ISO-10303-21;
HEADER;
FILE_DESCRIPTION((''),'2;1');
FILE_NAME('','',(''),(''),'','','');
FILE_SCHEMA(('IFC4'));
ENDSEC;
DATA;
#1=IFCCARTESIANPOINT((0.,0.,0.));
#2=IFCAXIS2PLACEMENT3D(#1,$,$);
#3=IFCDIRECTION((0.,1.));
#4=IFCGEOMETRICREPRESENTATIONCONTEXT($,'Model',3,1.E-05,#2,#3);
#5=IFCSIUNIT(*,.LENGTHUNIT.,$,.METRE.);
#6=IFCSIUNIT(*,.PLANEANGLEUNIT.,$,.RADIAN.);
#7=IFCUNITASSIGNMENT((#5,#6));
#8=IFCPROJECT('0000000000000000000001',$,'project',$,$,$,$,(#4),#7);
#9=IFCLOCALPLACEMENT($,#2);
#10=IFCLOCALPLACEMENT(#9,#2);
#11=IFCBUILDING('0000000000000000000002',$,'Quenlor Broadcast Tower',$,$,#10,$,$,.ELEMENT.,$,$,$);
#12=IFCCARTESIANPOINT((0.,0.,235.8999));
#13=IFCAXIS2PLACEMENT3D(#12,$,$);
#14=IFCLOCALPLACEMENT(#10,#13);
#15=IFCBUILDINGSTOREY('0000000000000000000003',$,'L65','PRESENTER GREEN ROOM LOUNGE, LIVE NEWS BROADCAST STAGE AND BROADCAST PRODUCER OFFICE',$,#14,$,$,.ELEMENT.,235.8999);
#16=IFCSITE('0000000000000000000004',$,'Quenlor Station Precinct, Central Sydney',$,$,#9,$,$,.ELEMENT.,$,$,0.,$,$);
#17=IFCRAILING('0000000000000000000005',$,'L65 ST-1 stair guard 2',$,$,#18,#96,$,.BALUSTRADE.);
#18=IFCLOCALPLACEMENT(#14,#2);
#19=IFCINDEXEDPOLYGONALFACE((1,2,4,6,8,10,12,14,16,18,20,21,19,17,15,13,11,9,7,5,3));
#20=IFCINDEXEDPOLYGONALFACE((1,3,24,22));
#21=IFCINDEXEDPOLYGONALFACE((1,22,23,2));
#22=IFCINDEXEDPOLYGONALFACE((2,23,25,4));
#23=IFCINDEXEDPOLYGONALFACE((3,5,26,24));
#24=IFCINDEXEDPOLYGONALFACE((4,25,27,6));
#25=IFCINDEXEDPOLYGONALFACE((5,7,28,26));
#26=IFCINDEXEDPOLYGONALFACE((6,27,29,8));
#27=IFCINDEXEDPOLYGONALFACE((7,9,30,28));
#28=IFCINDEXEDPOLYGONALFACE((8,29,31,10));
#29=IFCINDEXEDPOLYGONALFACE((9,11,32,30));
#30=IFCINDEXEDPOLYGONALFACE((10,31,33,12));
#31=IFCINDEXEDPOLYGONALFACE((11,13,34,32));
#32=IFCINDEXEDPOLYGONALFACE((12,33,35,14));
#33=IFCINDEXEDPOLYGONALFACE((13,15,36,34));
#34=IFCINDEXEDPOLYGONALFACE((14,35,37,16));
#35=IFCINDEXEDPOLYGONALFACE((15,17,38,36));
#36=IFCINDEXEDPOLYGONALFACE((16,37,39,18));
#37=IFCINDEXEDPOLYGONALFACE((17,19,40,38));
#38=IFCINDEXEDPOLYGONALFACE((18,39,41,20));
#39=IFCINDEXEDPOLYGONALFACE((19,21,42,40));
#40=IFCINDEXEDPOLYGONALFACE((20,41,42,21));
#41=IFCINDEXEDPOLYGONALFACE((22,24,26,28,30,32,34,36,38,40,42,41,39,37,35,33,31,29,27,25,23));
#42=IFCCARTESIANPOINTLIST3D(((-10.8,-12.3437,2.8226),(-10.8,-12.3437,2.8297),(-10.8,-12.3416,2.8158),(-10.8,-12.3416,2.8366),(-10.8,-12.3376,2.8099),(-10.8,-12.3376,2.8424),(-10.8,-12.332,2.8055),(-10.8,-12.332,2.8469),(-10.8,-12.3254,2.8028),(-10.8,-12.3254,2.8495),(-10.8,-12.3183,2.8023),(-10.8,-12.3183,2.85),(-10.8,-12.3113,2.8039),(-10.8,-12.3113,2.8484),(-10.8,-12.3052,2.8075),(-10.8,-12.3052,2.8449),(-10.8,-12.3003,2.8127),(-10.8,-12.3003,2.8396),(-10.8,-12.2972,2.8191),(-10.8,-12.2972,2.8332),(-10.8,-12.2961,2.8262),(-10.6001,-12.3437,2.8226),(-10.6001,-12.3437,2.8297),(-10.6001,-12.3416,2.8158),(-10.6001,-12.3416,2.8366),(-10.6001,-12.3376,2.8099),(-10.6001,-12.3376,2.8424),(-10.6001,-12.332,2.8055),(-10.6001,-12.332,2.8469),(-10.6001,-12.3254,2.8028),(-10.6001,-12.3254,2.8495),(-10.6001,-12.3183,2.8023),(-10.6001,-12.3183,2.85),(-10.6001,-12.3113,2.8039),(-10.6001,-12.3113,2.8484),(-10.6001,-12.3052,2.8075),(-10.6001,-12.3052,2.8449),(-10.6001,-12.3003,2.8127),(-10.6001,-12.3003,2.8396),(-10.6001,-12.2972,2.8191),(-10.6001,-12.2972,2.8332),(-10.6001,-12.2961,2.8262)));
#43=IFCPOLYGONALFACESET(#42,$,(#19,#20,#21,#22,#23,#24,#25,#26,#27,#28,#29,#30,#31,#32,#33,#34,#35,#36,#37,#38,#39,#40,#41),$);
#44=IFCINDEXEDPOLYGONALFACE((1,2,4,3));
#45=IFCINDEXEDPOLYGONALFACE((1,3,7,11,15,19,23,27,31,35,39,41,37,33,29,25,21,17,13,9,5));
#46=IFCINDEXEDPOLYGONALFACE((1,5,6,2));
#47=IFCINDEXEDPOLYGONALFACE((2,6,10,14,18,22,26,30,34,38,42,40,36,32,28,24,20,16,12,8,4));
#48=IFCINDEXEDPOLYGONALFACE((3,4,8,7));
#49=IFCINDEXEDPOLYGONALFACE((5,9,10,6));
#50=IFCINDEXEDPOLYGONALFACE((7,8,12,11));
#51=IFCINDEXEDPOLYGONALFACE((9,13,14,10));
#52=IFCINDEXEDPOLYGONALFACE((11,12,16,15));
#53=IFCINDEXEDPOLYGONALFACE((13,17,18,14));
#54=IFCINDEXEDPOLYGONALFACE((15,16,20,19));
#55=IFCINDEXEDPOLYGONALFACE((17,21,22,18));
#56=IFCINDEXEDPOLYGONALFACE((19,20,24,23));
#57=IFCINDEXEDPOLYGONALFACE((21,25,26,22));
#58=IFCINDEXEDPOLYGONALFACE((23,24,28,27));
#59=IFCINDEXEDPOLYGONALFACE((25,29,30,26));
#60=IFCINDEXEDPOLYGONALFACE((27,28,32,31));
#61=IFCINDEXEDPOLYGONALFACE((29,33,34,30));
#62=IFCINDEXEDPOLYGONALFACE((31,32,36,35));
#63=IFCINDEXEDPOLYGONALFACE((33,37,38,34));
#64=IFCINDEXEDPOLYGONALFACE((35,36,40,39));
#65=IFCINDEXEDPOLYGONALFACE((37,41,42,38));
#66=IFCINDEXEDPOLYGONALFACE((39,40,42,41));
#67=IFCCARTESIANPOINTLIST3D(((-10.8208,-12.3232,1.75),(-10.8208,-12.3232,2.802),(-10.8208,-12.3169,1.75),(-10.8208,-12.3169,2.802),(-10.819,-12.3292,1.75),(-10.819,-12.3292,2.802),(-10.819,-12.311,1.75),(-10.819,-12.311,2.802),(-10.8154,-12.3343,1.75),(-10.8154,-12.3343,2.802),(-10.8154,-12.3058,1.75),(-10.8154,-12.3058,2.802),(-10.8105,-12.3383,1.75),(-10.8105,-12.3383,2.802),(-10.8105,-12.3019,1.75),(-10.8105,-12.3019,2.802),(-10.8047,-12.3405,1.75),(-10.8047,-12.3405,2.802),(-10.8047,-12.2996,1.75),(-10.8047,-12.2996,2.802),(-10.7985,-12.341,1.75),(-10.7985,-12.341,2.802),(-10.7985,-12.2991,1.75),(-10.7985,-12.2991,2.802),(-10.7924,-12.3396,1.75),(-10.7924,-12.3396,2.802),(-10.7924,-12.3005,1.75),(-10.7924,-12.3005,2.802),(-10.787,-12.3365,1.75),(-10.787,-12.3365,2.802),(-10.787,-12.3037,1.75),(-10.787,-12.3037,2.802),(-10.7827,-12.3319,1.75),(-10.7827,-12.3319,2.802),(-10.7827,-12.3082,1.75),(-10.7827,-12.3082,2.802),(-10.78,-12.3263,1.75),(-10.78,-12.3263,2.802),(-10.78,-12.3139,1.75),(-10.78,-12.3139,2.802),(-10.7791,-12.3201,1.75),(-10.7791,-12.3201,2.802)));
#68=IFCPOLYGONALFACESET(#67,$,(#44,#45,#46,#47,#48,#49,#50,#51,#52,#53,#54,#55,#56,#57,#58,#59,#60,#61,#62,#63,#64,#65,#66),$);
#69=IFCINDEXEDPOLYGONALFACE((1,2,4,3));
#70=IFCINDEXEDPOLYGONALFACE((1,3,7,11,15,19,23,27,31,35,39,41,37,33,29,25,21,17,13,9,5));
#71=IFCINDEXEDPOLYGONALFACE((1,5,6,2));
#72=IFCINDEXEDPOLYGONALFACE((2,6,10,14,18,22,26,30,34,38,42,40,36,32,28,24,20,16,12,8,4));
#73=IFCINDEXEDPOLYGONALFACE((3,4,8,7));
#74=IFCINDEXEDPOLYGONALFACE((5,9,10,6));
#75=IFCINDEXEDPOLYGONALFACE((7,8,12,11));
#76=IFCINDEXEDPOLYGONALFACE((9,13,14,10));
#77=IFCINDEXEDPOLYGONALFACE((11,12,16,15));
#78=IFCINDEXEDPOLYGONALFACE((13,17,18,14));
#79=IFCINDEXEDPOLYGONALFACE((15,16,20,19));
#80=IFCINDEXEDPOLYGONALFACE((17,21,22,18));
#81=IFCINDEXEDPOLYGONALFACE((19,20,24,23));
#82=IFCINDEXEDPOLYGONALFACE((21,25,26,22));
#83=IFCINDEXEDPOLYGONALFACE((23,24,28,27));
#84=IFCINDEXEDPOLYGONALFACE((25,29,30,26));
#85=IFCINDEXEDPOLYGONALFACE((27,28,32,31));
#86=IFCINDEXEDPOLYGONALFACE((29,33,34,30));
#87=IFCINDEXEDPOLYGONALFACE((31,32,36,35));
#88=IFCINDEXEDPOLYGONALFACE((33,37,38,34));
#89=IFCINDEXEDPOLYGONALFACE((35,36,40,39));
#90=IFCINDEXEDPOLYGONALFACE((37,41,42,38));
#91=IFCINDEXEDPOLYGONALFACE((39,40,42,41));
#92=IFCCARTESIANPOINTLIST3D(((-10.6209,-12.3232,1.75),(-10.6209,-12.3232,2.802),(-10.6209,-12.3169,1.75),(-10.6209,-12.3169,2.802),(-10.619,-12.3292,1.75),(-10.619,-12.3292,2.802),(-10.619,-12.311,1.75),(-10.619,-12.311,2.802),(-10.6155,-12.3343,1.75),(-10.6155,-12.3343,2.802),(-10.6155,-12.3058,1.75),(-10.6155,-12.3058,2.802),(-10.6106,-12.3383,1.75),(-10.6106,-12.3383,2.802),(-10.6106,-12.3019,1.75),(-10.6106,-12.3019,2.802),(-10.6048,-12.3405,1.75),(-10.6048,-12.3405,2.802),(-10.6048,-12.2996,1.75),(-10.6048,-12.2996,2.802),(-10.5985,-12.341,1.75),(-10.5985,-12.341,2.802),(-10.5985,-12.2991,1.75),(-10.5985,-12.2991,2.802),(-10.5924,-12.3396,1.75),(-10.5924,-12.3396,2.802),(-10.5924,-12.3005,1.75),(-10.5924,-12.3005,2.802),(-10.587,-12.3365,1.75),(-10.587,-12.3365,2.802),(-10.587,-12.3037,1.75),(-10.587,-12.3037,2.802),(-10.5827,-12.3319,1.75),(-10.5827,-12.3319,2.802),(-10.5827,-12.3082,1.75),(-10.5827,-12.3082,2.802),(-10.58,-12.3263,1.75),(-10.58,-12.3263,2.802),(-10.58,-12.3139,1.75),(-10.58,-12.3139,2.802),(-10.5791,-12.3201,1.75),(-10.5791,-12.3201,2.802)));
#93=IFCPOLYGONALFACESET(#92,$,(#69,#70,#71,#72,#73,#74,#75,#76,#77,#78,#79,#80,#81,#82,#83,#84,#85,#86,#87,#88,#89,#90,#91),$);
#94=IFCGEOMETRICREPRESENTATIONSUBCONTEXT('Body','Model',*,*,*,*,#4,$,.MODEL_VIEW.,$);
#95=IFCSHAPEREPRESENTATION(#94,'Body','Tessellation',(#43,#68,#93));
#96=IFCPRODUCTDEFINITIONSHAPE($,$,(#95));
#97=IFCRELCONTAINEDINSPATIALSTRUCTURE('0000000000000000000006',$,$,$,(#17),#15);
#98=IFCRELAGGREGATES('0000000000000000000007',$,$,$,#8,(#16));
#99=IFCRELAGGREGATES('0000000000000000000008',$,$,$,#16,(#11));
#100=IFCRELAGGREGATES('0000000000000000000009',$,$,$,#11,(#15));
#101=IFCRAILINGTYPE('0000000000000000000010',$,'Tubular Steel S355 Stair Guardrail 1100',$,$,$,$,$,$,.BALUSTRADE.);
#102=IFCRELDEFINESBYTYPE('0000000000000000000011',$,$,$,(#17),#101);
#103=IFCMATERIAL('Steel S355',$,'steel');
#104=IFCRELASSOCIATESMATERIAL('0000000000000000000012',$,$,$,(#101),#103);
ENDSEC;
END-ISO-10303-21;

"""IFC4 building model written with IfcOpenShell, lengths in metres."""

from ifc_helpers import new_model, si_unit, direction, frame, origin, origin_2d, place, context, subcontext, project, spatial, circle, extrude, material, type_object, element, save


model = new_model("IFC4")

# Units and contexts
model_context = context("Model", 3, precision=1e-05, world=origin(), true_north=direction((0.0, 1.0)))
body_context = subcontext(model_context, "Body", "Model", "MODEL_VIEW")
ifc_project = project(units=[si_unit("LENGTHUNIT", "METRE"), si_unit("PLANEANGLEUNIT", "RADIAN")], contexts=[model_context])

# Site, building, storey
site_placement = place(None, origin())
site = spatial("IfcSite", under=ifc_project, at=site_placement, Name="Quenlor Station Precinct, Central Sydney", CompositionType="ELEMENT", RefElevation=0.0)
building_placement = place(site_placement, origin())
building = spatial("IfcBuilding", under=site, at=building_placement, Name="Quenlor Broadcast Tower", CompositionType="ELEMENT")
storey_placement = place(building_placement, frame((0.0, 0.0, 235.8999)))
storey = spatial("IfcBuildingStorey", under=building, at=storey_placement, Name="L65", Description="PRESENTER GREEN ROOM LOUNGE, LIVE NEWS BROADCAST STAGE AND BROADCAST PRODUCER OFFICE", CompositionType="ELEMENT", Elevation=235.8999)

# Railing
ifc_material_1 = material(Name="Steel S355", Category="steel")
railing_type_1 = type_object("IfcRailingType", Name="Tubular Steel S355 Stair Guardrail 1100", PredefinedType="BALUSTRADE", material=ifc_material_1)
railing_1_placement = place(storey_placement, frame((-10.8, -12.3201, 1.75)))
element("IfcRailing", 1, at=railing_1_placement, inside=storey, type_object=railing_type_1, Name="L65 ST-1 stair guard 2", PredefinedType="BALUSTRADE", context=body_context, shape_type="SweptSolid", body=[
    extrude(circle(Radius=0.0239, at=origin_2d()), frame((0.0, 0.0, 1.0762), z_axis=(1.0, 0.0, 0.0), x_axis=(0.0, 1.0, 0.0)), (0.0, 0.0, 1.0), 0.2),
    extrude(circle(Radius=0.021, at=origin_2d()), origin(), (0.0, 0.0, 1.0), 1.052),
    extrude(circle(Radius=0.021, at=origin_2d()), frame((0.2, 0.0, 0.0)), (0.0, 0.0, 1.0), 1.052),
])

save(model, "model.ifc")
